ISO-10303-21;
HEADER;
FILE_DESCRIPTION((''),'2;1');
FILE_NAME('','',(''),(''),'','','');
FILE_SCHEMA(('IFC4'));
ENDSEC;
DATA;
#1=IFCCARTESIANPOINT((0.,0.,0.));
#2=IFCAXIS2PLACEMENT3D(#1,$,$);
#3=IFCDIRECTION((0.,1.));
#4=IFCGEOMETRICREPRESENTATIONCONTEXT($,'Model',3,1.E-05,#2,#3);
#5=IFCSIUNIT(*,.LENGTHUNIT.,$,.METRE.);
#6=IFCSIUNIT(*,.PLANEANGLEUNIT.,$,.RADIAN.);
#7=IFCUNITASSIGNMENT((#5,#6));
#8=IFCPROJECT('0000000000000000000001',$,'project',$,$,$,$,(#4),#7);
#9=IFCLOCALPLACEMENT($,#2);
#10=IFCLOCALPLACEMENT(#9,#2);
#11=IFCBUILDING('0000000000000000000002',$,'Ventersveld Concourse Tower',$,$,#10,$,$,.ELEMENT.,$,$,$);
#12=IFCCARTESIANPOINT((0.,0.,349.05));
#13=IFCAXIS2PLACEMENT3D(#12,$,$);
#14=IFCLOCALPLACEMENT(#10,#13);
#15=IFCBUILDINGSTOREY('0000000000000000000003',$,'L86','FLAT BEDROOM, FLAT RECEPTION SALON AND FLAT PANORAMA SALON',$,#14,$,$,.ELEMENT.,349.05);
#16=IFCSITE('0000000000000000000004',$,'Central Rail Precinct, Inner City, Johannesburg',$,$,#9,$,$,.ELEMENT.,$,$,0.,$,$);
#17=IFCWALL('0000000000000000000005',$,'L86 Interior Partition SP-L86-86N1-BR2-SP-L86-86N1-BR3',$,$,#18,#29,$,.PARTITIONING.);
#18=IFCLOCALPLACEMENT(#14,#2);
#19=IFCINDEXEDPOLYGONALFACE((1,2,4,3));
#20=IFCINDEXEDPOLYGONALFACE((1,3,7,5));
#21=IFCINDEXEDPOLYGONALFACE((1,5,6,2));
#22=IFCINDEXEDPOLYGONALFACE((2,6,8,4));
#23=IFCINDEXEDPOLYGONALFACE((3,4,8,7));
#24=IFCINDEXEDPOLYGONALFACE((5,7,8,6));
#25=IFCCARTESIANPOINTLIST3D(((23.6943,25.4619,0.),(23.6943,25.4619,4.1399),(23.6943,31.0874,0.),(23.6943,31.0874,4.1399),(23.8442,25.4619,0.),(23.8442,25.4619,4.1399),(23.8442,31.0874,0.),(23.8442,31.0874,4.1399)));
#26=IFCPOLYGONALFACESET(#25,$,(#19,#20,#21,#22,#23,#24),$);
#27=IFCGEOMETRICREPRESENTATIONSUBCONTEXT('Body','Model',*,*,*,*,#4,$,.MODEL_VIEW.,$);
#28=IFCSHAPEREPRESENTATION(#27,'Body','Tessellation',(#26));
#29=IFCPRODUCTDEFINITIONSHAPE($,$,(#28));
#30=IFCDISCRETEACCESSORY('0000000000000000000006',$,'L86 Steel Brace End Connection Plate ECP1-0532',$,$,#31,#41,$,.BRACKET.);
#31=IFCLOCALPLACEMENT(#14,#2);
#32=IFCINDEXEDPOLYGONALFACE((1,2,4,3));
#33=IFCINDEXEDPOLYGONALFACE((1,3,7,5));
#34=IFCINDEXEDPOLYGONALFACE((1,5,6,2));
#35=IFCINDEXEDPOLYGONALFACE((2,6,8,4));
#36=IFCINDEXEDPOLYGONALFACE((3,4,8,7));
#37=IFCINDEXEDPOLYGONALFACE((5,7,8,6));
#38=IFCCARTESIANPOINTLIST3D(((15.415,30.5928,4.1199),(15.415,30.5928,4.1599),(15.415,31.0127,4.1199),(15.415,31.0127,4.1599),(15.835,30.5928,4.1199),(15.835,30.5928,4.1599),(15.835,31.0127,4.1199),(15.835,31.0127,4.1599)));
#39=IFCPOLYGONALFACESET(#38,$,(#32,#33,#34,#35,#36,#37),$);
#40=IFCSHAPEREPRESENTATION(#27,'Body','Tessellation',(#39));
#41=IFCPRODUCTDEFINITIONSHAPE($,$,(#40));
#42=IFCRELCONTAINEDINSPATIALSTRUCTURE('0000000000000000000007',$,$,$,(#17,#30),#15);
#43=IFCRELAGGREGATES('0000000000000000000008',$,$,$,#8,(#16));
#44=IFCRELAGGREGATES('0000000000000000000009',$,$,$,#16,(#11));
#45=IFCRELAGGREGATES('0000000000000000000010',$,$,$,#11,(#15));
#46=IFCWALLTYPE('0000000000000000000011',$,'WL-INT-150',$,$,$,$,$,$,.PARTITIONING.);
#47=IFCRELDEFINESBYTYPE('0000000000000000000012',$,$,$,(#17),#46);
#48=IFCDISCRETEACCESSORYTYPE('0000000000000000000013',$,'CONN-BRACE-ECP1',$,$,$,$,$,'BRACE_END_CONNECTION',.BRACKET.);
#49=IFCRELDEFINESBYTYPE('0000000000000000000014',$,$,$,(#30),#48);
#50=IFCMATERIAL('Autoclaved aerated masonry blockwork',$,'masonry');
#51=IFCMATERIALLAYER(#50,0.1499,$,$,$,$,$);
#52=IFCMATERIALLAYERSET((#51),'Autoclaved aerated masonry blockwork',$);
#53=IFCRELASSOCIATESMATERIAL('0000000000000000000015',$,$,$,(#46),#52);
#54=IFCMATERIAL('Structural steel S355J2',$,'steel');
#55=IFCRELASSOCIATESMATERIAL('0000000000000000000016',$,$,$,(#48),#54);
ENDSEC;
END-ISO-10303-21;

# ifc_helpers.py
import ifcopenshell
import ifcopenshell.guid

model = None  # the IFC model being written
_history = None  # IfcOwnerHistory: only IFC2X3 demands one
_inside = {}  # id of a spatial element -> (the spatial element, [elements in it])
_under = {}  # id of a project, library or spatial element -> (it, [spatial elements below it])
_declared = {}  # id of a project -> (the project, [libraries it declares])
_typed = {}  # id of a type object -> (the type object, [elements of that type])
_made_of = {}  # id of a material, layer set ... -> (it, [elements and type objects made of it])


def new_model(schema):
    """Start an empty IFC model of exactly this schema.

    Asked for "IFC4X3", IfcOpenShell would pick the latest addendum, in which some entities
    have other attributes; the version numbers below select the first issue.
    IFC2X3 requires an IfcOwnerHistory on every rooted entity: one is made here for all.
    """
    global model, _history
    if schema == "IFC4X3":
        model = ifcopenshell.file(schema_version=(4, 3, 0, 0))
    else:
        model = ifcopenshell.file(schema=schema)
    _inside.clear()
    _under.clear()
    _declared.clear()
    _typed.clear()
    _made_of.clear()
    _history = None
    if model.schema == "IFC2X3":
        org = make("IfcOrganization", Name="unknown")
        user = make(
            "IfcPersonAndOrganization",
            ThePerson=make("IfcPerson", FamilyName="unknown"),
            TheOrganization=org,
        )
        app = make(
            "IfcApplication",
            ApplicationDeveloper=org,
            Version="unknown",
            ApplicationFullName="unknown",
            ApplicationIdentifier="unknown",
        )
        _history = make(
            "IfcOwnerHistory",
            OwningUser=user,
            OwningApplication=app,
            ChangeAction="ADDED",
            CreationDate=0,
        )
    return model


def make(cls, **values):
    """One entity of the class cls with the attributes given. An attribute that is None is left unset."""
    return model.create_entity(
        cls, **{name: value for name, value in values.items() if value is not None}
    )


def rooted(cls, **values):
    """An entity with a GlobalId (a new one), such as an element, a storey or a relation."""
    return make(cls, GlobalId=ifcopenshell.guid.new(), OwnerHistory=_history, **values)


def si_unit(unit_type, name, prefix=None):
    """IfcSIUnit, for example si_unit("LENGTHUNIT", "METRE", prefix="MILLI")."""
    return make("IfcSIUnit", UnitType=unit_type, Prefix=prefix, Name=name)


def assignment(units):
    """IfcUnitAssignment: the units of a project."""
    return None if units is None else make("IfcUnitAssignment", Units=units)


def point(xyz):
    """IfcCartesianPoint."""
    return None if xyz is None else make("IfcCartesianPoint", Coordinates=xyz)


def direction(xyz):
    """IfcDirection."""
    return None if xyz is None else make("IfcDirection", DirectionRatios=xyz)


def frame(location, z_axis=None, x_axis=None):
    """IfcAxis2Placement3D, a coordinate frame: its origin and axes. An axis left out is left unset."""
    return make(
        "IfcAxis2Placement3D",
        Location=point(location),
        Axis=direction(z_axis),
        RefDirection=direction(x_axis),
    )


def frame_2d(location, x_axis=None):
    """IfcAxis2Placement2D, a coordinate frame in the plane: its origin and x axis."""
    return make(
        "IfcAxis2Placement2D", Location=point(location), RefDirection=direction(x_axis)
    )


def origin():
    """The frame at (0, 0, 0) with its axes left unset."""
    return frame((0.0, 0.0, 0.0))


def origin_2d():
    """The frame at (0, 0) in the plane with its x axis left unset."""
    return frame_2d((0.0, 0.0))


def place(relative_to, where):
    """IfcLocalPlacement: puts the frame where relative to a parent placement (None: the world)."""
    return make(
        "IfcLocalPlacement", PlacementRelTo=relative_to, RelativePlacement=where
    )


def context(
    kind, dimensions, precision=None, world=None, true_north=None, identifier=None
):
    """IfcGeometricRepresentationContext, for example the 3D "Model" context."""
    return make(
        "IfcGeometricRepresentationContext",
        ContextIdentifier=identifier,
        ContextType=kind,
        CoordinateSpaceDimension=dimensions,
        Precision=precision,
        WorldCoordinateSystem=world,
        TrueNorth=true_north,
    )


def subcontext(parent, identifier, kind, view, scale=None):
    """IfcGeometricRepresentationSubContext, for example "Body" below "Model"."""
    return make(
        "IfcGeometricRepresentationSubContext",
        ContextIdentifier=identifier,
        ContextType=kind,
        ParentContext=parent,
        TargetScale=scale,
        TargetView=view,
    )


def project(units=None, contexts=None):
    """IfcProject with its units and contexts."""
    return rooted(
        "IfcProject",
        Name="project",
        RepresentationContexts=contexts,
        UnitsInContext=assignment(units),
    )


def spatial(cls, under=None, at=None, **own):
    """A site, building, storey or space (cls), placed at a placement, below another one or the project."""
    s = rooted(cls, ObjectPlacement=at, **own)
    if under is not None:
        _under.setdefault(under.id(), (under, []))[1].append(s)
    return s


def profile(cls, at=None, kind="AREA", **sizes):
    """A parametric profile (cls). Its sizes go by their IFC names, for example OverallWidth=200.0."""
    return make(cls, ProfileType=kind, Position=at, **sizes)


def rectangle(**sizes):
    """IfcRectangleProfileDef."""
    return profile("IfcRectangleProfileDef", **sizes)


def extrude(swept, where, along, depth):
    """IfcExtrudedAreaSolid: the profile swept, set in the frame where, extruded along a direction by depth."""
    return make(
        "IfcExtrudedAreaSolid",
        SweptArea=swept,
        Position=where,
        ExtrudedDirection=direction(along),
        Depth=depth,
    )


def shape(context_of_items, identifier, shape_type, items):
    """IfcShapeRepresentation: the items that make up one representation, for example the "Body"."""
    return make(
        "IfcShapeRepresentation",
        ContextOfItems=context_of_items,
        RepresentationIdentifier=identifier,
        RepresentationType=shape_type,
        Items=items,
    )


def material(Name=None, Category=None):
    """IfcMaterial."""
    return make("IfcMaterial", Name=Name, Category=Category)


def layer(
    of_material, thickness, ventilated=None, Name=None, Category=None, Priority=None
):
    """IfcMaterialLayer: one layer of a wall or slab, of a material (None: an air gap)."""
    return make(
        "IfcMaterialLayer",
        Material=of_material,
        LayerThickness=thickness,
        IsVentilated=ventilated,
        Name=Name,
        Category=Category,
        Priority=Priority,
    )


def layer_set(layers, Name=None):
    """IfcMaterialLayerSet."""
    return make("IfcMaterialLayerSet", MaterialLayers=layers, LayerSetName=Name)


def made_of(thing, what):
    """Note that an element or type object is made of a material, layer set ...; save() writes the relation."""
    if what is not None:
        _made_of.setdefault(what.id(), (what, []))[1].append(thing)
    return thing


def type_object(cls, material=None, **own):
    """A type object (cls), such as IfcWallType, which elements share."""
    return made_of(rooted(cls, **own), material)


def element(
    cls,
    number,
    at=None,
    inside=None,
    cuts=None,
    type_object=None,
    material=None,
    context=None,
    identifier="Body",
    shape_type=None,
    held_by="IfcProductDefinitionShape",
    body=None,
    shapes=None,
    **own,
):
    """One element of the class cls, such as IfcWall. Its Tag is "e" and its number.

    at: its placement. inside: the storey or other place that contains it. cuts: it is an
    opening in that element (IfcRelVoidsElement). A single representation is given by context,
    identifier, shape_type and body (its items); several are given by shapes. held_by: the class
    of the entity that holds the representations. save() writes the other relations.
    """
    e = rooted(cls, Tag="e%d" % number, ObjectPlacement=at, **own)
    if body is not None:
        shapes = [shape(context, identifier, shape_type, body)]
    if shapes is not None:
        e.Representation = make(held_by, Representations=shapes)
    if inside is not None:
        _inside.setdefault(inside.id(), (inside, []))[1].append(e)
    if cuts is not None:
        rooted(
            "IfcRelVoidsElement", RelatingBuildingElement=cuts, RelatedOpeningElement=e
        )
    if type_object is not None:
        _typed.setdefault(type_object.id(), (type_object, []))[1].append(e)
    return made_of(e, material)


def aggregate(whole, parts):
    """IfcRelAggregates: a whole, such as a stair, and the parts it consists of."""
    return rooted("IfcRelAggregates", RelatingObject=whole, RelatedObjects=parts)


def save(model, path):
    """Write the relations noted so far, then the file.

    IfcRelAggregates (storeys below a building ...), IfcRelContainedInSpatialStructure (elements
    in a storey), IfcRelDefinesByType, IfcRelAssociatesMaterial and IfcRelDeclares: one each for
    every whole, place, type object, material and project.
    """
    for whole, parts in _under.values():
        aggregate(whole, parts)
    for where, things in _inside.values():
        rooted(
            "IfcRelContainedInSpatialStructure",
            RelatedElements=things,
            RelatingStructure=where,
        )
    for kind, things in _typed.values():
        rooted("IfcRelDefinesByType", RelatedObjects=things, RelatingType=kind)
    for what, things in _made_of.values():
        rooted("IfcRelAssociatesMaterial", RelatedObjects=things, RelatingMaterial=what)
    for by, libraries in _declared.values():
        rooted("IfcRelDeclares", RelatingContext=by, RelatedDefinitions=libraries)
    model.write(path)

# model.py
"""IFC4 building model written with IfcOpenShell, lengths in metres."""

from ifc_helpers import new_model, si_unit, direction, frame, frame_2d, origin, origin_2d, place, context, subcontext, project, spatial, rectangle, extrude, material, layer, layer_set, type_object, element, save


model = new_model("IFC4")

# Units and contexts
model_context = context("Model", 3, precision=1e-05, world=origin(), true_north=direction((0.0, 1.0)))
body_context = subcontext(model_context, "Body", "Model", "MODEL_VIEW")
ifc_project = project(units=[si_unit("LENGTHUNIT", "METRE"), si_unit("PLANEANGLEUNIT", "RADIAN")], contexts=[model_context])

# Site, building, storey
site_placement = place(None, origin())
site = spatial("IfcSite", under=ifc_project, at=site_placement, Name="Central Rail Precinct, Inner City, Johannesburg", CompositionType="ELEMENT", RefElevation=0.0)
building_placement = place(site_placement, origin())
building = spatial("IfcBuilding", under=site, at=building_placement, Name="Ventersveld Concourse Tower", CompositionType="ELEMENT")
storey_placement = place(building_placement, frame((0.0, 0.0, 349.05)))
storey = spatial("IfcBuildingStorey", under=building, at=storey_placement, Name="L86", Description="FLAT BEDROOM, FLAT RECEPTION SALON AND FLAT PANORAMA SALON", CompositionType="ELEMENT", Elevation=349.05)

# Shared definitions
ifc_material_1 = material(Name="Structural steel S355J2", Category="steel")

# Shared definitions
ifc_material_2 = material(Name="Autoclaved aerated masonry blockwork", Category="masonry")
ifc_layer = layer(ifc_material_2, 0.1499)
ifc_layer_set = layer_set([ifc_layer], Name="Autoclaved aerated masonry blockwork")
wall_type = type_object("IfcWallType", Name="WL-INT-150", PredefinedType="PARTITIONING", material=ifc_layer_set)

# Wall
for number, where, z_axis, x_axis, name in (
    (1, (23.7693, 25.4619, 0.0), (0.0, 0.0, 1.0), (0.0, 1.0, 0.0), "L86 Interior Partition SP-L86-86N1-BR2-SP-L86-86N1-BR3"),
):
    element("IfcWall", number, at=place(storey_placement, frame(where, z_axis=z_axis, x_axis=x_axis)), inside=storey, type_object=wall_type, Name=name, PredefinedType="PARTITIONING", context=body_context, shape_type="SweptSolid", body=[
        extrude(rectangle(XDim=5.6255, YDim=0.1499, at=frame_2d((2.8127, 0.0))), origin(), (0.0, 0.0, 1.0), 4.1399),
    ])

# Discrete accessory
discrete_accessory_type = type_object("IfcDiscreteAccessoryType", Name="CONN-BRACE-ECP1", ElementType="BRACE_END_CONNECTION", PredefinedType="BRACKET", material=ifc_material_1)
discrete_accessory_placement = place(storey_placement, frame((15.625, 30.8027, 4.1199), z_axis=(0.0, 0.0, 1.0), x_axis=(1.0, 0.0, 0.0)))
element("IfcDiscreteAccessory", 2, at=discrete_accessory_placement, inside=storey, type_object=discrete_accessory_type, Name="L86 Steel Brace End Connection Plate ECP1-0532", PredefinedType="BRACKET", context=body_context, shape_type="SweptSolid", body=[
    extrude(rectangle(XDim=0.4199, YDim=0.4199, at=origin_2d()), origin(), (0.0, 0.0, 1.0), 0.04),
])

save(model, "model.ifc")
